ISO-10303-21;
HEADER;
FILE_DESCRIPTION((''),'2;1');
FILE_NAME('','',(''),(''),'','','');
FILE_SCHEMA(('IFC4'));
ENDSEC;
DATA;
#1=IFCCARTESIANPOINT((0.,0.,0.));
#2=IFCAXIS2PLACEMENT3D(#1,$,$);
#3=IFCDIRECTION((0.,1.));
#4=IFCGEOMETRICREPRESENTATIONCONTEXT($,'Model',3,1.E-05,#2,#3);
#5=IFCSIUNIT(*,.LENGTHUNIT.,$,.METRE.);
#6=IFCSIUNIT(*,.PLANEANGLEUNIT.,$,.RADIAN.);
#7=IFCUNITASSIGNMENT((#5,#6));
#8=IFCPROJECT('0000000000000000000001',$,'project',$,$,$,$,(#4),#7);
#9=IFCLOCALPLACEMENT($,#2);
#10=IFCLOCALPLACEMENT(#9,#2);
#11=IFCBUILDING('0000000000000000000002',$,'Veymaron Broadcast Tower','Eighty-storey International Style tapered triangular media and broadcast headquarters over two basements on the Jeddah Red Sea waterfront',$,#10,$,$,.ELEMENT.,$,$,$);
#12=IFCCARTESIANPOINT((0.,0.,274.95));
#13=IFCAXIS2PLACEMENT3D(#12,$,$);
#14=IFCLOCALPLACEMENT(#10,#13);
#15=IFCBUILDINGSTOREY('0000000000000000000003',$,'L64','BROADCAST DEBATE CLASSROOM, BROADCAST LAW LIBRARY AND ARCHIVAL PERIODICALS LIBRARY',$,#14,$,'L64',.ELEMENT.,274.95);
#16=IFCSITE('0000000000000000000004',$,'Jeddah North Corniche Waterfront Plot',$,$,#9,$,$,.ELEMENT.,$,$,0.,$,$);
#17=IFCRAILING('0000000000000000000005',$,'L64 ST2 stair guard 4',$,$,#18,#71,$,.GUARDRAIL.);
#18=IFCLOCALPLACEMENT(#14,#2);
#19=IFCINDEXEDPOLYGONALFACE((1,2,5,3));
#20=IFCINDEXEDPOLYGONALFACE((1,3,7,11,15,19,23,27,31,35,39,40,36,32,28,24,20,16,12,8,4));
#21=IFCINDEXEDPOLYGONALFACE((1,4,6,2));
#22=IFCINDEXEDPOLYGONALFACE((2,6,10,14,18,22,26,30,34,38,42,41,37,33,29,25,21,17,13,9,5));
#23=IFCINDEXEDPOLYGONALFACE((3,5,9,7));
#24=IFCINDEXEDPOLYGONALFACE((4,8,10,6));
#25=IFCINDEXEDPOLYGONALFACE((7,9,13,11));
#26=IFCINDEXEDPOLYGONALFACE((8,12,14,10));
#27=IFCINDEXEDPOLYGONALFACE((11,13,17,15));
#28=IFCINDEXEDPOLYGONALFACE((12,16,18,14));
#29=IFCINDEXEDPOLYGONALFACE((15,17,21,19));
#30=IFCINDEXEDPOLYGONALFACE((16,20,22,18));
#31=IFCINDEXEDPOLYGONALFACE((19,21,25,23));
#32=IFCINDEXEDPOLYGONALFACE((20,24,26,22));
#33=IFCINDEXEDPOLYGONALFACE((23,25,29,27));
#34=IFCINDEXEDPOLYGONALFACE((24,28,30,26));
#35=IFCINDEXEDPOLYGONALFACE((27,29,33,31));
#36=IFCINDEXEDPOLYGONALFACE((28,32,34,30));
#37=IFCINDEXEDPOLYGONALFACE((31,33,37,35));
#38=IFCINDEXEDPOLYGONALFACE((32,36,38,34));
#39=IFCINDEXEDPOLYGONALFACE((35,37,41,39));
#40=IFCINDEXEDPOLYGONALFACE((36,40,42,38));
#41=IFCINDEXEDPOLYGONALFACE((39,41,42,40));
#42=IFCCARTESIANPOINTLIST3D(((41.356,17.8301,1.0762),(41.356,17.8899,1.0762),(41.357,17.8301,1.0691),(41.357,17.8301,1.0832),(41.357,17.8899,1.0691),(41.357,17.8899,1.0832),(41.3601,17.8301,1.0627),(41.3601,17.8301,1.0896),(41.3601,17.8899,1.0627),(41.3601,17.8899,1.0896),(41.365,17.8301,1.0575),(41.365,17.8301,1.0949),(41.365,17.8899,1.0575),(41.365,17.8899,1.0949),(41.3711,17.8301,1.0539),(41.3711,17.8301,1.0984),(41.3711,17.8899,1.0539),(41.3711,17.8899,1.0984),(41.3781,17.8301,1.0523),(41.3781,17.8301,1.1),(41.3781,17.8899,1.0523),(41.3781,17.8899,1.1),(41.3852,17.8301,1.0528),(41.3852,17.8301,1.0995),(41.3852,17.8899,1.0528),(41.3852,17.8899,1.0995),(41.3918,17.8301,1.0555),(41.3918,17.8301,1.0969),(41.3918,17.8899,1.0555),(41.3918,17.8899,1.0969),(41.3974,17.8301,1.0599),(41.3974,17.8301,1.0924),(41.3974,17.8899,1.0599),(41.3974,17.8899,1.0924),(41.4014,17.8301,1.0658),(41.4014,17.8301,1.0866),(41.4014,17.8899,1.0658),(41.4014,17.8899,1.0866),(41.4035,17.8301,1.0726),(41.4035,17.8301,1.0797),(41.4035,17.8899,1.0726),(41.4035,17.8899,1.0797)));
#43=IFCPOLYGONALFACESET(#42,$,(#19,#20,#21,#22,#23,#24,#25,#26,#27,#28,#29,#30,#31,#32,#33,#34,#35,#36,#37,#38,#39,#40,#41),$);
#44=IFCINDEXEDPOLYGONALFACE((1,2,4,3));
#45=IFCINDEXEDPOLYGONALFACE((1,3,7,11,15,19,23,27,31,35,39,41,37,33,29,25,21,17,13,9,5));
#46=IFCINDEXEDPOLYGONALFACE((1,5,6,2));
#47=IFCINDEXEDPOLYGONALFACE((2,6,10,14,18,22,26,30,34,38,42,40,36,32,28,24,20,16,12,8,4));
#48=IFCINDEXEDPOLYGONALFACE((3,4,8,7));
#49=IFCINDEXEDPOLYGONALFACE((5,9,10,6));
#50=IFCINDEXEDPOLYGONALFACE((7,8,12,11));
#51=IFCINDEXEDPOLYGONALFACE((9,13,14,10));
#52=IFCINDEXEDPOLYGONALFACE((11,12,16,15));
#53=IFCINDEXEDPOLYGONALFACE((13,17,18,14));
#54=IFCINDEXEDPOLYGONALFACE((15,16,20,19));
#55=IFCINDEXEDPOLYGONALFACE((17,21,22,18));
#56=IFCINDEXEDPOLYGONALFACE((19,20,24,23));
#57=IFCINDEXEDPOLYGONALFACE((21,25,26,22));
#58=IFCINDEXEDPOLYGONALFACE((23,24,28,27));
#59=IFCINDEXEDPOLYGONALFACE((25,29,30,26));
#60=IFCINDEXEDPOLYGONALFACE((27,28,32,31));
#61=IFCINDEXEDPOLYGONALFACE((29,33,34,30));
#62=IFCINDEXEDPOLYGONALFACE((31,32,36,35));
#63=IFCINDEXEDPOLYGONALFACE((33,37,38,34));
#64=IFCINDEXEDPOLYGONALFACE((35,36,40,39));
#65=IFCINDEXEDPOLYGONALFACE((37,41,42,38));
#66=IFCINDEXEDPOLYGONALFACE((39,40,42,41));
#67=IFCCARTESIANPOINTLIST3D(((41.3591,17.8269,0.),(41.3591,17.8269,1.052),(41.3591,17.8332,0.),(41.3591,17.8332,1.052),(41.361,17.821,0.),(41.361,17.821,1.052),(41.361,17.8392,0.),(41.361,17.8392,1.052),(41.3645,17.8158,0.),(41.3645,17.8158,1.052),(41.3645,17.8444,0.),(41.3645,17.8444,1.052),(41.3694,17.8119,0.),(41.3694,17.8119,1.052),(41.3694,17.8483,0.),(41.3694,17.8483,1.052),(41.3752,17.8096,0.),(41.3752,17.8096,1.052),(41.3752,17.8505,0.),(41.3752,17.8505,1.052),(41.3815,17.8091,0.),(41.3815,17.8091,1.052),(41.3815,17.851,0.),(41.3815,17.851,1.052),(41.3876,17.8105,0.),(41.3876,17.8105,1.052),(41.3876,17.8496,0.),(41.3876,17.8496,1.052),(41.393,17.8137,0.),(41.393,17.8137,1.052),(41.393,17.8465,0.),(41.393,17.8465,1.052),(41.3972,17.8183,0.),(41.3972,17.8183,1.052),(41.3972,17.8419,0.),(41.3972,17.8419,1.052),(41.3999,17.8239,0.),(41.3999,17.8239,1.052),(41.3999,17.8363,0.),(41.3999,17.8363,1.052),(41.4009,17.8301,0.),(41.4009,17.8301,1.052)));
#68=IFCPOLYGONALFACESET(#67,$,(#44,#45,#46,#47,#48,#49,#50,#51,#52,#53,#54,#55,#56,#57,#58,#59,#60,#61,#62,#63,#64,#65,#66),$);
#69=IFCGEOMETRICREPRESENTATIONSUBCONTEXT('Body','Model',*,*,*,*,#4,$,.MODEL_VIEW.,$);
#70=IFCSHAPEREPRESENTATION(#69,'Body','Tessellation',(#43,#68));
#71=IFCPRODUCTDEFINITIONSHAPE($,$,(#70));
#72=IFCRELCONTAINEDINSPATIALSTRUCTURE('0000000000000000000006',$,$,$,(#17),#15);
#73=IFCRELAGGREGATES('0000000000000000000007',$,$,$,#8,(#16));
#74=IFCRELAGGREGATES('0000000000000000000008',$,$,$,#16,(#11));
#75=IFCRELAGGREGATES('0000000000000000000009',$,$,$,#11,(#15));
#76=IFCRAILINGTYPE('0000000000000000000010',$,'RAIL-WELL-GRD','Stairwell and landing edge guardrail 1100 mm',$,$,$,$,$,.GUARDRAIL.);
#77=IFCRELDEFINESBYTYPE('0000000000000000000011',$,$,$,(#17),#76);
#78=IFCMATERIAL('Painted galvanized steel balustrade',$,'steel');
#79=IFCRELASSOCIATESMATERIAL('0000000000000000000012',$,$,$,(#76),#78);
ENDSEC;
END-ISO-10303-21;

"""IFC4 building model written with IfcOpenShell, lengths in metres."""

from ifc_helpers import new_model, si_unit, direction, frame, origin, origin_2d, place, context, subcontext, project, spatial, circle, extrude, material, type_object, element, save


model = new_model("IFC4")

# Units and contexts
model_context = context("Model", 3, precision=1e-05, world=origin(), true_north=direction((0.0, 1.0)))
body_context = subcontext(model_context, "Body", "Model", "MODEL_VIEW")
ifc_project = project(units=[si_unit("LENGTHUNIT", "METRE"), si_unit("PLANEANGLEUNIT", "RADIAN")], contexts=[model_context])

# Site, building, storey
site_placement = place(None, origin())
site = spatial("IfcSite", under=ifc_project, at=site_placement, Name="Jeddah North Corniche Waterfront Plot", CompositionType="ELEMENT", RefElevation=0.0)
building_placement = place(site_placement, origin())
building = spatial("IfcBuilding", under=site, at=building_placement, Name="Veymaron Broadcast Tower", Description="Eighty-storey International Style tapered triangular media and broadcast headquarters over two basements on the Jeddah Red Sea waterfront", CompositionType="ELEMENT")
storey_placement = place(building_placement, frame((0.0, 0.0, 274.95)))
storey = spatial("IfcBuildingStorey", under=building, at=storey_placement, Name="L64", Description="BROADCAST DEBATE CLASSROOM, BROADCAST LAW LIBRARY AND ARCHIVAL PERIODICALS LIBRARY", LongName="L64", CompositionType="ELEMENT", Elevation=274.95)

# Railing
ifc_material_1 = material(Name="Painted galvanized steel balustrade", Category="steel")
railing_type_1 = type_object("IfcRailingType", Name="RAIL-WELL-GRD", Description="Stairwell and landing edge guardrail 1100 mm", PredefinedType="GUARDRAIL", material=ifc_material_1)
railing_1_placement = place(storey_placement, frame((41.3799, 17.8301, 0.0)))
element("IfcRailing", 1, at=railing_1_placement, inside=storey, type_object=railing_type_1, Name="L64 ST2 stair guard 4", PredefinedType="GUARDRAIL", context=body_context, shape_type="SweptSolid", body=[
    extrude(circle(Radius=0.0239, at=origin_2d()), frame((0.0, 0.0, 1.0762), z_axis=(0.0, 1.0, 0.0), x_axis=(-1.0, 0.0, 0.0)), (0.0, 0.0, 1.0), 0.0598),
    extrude(circle(Radius=0.021, at=origin_2d()), origin(), (0.0, 0.0, 1.0), 1.052),
])

save(model, "model.ifc")
